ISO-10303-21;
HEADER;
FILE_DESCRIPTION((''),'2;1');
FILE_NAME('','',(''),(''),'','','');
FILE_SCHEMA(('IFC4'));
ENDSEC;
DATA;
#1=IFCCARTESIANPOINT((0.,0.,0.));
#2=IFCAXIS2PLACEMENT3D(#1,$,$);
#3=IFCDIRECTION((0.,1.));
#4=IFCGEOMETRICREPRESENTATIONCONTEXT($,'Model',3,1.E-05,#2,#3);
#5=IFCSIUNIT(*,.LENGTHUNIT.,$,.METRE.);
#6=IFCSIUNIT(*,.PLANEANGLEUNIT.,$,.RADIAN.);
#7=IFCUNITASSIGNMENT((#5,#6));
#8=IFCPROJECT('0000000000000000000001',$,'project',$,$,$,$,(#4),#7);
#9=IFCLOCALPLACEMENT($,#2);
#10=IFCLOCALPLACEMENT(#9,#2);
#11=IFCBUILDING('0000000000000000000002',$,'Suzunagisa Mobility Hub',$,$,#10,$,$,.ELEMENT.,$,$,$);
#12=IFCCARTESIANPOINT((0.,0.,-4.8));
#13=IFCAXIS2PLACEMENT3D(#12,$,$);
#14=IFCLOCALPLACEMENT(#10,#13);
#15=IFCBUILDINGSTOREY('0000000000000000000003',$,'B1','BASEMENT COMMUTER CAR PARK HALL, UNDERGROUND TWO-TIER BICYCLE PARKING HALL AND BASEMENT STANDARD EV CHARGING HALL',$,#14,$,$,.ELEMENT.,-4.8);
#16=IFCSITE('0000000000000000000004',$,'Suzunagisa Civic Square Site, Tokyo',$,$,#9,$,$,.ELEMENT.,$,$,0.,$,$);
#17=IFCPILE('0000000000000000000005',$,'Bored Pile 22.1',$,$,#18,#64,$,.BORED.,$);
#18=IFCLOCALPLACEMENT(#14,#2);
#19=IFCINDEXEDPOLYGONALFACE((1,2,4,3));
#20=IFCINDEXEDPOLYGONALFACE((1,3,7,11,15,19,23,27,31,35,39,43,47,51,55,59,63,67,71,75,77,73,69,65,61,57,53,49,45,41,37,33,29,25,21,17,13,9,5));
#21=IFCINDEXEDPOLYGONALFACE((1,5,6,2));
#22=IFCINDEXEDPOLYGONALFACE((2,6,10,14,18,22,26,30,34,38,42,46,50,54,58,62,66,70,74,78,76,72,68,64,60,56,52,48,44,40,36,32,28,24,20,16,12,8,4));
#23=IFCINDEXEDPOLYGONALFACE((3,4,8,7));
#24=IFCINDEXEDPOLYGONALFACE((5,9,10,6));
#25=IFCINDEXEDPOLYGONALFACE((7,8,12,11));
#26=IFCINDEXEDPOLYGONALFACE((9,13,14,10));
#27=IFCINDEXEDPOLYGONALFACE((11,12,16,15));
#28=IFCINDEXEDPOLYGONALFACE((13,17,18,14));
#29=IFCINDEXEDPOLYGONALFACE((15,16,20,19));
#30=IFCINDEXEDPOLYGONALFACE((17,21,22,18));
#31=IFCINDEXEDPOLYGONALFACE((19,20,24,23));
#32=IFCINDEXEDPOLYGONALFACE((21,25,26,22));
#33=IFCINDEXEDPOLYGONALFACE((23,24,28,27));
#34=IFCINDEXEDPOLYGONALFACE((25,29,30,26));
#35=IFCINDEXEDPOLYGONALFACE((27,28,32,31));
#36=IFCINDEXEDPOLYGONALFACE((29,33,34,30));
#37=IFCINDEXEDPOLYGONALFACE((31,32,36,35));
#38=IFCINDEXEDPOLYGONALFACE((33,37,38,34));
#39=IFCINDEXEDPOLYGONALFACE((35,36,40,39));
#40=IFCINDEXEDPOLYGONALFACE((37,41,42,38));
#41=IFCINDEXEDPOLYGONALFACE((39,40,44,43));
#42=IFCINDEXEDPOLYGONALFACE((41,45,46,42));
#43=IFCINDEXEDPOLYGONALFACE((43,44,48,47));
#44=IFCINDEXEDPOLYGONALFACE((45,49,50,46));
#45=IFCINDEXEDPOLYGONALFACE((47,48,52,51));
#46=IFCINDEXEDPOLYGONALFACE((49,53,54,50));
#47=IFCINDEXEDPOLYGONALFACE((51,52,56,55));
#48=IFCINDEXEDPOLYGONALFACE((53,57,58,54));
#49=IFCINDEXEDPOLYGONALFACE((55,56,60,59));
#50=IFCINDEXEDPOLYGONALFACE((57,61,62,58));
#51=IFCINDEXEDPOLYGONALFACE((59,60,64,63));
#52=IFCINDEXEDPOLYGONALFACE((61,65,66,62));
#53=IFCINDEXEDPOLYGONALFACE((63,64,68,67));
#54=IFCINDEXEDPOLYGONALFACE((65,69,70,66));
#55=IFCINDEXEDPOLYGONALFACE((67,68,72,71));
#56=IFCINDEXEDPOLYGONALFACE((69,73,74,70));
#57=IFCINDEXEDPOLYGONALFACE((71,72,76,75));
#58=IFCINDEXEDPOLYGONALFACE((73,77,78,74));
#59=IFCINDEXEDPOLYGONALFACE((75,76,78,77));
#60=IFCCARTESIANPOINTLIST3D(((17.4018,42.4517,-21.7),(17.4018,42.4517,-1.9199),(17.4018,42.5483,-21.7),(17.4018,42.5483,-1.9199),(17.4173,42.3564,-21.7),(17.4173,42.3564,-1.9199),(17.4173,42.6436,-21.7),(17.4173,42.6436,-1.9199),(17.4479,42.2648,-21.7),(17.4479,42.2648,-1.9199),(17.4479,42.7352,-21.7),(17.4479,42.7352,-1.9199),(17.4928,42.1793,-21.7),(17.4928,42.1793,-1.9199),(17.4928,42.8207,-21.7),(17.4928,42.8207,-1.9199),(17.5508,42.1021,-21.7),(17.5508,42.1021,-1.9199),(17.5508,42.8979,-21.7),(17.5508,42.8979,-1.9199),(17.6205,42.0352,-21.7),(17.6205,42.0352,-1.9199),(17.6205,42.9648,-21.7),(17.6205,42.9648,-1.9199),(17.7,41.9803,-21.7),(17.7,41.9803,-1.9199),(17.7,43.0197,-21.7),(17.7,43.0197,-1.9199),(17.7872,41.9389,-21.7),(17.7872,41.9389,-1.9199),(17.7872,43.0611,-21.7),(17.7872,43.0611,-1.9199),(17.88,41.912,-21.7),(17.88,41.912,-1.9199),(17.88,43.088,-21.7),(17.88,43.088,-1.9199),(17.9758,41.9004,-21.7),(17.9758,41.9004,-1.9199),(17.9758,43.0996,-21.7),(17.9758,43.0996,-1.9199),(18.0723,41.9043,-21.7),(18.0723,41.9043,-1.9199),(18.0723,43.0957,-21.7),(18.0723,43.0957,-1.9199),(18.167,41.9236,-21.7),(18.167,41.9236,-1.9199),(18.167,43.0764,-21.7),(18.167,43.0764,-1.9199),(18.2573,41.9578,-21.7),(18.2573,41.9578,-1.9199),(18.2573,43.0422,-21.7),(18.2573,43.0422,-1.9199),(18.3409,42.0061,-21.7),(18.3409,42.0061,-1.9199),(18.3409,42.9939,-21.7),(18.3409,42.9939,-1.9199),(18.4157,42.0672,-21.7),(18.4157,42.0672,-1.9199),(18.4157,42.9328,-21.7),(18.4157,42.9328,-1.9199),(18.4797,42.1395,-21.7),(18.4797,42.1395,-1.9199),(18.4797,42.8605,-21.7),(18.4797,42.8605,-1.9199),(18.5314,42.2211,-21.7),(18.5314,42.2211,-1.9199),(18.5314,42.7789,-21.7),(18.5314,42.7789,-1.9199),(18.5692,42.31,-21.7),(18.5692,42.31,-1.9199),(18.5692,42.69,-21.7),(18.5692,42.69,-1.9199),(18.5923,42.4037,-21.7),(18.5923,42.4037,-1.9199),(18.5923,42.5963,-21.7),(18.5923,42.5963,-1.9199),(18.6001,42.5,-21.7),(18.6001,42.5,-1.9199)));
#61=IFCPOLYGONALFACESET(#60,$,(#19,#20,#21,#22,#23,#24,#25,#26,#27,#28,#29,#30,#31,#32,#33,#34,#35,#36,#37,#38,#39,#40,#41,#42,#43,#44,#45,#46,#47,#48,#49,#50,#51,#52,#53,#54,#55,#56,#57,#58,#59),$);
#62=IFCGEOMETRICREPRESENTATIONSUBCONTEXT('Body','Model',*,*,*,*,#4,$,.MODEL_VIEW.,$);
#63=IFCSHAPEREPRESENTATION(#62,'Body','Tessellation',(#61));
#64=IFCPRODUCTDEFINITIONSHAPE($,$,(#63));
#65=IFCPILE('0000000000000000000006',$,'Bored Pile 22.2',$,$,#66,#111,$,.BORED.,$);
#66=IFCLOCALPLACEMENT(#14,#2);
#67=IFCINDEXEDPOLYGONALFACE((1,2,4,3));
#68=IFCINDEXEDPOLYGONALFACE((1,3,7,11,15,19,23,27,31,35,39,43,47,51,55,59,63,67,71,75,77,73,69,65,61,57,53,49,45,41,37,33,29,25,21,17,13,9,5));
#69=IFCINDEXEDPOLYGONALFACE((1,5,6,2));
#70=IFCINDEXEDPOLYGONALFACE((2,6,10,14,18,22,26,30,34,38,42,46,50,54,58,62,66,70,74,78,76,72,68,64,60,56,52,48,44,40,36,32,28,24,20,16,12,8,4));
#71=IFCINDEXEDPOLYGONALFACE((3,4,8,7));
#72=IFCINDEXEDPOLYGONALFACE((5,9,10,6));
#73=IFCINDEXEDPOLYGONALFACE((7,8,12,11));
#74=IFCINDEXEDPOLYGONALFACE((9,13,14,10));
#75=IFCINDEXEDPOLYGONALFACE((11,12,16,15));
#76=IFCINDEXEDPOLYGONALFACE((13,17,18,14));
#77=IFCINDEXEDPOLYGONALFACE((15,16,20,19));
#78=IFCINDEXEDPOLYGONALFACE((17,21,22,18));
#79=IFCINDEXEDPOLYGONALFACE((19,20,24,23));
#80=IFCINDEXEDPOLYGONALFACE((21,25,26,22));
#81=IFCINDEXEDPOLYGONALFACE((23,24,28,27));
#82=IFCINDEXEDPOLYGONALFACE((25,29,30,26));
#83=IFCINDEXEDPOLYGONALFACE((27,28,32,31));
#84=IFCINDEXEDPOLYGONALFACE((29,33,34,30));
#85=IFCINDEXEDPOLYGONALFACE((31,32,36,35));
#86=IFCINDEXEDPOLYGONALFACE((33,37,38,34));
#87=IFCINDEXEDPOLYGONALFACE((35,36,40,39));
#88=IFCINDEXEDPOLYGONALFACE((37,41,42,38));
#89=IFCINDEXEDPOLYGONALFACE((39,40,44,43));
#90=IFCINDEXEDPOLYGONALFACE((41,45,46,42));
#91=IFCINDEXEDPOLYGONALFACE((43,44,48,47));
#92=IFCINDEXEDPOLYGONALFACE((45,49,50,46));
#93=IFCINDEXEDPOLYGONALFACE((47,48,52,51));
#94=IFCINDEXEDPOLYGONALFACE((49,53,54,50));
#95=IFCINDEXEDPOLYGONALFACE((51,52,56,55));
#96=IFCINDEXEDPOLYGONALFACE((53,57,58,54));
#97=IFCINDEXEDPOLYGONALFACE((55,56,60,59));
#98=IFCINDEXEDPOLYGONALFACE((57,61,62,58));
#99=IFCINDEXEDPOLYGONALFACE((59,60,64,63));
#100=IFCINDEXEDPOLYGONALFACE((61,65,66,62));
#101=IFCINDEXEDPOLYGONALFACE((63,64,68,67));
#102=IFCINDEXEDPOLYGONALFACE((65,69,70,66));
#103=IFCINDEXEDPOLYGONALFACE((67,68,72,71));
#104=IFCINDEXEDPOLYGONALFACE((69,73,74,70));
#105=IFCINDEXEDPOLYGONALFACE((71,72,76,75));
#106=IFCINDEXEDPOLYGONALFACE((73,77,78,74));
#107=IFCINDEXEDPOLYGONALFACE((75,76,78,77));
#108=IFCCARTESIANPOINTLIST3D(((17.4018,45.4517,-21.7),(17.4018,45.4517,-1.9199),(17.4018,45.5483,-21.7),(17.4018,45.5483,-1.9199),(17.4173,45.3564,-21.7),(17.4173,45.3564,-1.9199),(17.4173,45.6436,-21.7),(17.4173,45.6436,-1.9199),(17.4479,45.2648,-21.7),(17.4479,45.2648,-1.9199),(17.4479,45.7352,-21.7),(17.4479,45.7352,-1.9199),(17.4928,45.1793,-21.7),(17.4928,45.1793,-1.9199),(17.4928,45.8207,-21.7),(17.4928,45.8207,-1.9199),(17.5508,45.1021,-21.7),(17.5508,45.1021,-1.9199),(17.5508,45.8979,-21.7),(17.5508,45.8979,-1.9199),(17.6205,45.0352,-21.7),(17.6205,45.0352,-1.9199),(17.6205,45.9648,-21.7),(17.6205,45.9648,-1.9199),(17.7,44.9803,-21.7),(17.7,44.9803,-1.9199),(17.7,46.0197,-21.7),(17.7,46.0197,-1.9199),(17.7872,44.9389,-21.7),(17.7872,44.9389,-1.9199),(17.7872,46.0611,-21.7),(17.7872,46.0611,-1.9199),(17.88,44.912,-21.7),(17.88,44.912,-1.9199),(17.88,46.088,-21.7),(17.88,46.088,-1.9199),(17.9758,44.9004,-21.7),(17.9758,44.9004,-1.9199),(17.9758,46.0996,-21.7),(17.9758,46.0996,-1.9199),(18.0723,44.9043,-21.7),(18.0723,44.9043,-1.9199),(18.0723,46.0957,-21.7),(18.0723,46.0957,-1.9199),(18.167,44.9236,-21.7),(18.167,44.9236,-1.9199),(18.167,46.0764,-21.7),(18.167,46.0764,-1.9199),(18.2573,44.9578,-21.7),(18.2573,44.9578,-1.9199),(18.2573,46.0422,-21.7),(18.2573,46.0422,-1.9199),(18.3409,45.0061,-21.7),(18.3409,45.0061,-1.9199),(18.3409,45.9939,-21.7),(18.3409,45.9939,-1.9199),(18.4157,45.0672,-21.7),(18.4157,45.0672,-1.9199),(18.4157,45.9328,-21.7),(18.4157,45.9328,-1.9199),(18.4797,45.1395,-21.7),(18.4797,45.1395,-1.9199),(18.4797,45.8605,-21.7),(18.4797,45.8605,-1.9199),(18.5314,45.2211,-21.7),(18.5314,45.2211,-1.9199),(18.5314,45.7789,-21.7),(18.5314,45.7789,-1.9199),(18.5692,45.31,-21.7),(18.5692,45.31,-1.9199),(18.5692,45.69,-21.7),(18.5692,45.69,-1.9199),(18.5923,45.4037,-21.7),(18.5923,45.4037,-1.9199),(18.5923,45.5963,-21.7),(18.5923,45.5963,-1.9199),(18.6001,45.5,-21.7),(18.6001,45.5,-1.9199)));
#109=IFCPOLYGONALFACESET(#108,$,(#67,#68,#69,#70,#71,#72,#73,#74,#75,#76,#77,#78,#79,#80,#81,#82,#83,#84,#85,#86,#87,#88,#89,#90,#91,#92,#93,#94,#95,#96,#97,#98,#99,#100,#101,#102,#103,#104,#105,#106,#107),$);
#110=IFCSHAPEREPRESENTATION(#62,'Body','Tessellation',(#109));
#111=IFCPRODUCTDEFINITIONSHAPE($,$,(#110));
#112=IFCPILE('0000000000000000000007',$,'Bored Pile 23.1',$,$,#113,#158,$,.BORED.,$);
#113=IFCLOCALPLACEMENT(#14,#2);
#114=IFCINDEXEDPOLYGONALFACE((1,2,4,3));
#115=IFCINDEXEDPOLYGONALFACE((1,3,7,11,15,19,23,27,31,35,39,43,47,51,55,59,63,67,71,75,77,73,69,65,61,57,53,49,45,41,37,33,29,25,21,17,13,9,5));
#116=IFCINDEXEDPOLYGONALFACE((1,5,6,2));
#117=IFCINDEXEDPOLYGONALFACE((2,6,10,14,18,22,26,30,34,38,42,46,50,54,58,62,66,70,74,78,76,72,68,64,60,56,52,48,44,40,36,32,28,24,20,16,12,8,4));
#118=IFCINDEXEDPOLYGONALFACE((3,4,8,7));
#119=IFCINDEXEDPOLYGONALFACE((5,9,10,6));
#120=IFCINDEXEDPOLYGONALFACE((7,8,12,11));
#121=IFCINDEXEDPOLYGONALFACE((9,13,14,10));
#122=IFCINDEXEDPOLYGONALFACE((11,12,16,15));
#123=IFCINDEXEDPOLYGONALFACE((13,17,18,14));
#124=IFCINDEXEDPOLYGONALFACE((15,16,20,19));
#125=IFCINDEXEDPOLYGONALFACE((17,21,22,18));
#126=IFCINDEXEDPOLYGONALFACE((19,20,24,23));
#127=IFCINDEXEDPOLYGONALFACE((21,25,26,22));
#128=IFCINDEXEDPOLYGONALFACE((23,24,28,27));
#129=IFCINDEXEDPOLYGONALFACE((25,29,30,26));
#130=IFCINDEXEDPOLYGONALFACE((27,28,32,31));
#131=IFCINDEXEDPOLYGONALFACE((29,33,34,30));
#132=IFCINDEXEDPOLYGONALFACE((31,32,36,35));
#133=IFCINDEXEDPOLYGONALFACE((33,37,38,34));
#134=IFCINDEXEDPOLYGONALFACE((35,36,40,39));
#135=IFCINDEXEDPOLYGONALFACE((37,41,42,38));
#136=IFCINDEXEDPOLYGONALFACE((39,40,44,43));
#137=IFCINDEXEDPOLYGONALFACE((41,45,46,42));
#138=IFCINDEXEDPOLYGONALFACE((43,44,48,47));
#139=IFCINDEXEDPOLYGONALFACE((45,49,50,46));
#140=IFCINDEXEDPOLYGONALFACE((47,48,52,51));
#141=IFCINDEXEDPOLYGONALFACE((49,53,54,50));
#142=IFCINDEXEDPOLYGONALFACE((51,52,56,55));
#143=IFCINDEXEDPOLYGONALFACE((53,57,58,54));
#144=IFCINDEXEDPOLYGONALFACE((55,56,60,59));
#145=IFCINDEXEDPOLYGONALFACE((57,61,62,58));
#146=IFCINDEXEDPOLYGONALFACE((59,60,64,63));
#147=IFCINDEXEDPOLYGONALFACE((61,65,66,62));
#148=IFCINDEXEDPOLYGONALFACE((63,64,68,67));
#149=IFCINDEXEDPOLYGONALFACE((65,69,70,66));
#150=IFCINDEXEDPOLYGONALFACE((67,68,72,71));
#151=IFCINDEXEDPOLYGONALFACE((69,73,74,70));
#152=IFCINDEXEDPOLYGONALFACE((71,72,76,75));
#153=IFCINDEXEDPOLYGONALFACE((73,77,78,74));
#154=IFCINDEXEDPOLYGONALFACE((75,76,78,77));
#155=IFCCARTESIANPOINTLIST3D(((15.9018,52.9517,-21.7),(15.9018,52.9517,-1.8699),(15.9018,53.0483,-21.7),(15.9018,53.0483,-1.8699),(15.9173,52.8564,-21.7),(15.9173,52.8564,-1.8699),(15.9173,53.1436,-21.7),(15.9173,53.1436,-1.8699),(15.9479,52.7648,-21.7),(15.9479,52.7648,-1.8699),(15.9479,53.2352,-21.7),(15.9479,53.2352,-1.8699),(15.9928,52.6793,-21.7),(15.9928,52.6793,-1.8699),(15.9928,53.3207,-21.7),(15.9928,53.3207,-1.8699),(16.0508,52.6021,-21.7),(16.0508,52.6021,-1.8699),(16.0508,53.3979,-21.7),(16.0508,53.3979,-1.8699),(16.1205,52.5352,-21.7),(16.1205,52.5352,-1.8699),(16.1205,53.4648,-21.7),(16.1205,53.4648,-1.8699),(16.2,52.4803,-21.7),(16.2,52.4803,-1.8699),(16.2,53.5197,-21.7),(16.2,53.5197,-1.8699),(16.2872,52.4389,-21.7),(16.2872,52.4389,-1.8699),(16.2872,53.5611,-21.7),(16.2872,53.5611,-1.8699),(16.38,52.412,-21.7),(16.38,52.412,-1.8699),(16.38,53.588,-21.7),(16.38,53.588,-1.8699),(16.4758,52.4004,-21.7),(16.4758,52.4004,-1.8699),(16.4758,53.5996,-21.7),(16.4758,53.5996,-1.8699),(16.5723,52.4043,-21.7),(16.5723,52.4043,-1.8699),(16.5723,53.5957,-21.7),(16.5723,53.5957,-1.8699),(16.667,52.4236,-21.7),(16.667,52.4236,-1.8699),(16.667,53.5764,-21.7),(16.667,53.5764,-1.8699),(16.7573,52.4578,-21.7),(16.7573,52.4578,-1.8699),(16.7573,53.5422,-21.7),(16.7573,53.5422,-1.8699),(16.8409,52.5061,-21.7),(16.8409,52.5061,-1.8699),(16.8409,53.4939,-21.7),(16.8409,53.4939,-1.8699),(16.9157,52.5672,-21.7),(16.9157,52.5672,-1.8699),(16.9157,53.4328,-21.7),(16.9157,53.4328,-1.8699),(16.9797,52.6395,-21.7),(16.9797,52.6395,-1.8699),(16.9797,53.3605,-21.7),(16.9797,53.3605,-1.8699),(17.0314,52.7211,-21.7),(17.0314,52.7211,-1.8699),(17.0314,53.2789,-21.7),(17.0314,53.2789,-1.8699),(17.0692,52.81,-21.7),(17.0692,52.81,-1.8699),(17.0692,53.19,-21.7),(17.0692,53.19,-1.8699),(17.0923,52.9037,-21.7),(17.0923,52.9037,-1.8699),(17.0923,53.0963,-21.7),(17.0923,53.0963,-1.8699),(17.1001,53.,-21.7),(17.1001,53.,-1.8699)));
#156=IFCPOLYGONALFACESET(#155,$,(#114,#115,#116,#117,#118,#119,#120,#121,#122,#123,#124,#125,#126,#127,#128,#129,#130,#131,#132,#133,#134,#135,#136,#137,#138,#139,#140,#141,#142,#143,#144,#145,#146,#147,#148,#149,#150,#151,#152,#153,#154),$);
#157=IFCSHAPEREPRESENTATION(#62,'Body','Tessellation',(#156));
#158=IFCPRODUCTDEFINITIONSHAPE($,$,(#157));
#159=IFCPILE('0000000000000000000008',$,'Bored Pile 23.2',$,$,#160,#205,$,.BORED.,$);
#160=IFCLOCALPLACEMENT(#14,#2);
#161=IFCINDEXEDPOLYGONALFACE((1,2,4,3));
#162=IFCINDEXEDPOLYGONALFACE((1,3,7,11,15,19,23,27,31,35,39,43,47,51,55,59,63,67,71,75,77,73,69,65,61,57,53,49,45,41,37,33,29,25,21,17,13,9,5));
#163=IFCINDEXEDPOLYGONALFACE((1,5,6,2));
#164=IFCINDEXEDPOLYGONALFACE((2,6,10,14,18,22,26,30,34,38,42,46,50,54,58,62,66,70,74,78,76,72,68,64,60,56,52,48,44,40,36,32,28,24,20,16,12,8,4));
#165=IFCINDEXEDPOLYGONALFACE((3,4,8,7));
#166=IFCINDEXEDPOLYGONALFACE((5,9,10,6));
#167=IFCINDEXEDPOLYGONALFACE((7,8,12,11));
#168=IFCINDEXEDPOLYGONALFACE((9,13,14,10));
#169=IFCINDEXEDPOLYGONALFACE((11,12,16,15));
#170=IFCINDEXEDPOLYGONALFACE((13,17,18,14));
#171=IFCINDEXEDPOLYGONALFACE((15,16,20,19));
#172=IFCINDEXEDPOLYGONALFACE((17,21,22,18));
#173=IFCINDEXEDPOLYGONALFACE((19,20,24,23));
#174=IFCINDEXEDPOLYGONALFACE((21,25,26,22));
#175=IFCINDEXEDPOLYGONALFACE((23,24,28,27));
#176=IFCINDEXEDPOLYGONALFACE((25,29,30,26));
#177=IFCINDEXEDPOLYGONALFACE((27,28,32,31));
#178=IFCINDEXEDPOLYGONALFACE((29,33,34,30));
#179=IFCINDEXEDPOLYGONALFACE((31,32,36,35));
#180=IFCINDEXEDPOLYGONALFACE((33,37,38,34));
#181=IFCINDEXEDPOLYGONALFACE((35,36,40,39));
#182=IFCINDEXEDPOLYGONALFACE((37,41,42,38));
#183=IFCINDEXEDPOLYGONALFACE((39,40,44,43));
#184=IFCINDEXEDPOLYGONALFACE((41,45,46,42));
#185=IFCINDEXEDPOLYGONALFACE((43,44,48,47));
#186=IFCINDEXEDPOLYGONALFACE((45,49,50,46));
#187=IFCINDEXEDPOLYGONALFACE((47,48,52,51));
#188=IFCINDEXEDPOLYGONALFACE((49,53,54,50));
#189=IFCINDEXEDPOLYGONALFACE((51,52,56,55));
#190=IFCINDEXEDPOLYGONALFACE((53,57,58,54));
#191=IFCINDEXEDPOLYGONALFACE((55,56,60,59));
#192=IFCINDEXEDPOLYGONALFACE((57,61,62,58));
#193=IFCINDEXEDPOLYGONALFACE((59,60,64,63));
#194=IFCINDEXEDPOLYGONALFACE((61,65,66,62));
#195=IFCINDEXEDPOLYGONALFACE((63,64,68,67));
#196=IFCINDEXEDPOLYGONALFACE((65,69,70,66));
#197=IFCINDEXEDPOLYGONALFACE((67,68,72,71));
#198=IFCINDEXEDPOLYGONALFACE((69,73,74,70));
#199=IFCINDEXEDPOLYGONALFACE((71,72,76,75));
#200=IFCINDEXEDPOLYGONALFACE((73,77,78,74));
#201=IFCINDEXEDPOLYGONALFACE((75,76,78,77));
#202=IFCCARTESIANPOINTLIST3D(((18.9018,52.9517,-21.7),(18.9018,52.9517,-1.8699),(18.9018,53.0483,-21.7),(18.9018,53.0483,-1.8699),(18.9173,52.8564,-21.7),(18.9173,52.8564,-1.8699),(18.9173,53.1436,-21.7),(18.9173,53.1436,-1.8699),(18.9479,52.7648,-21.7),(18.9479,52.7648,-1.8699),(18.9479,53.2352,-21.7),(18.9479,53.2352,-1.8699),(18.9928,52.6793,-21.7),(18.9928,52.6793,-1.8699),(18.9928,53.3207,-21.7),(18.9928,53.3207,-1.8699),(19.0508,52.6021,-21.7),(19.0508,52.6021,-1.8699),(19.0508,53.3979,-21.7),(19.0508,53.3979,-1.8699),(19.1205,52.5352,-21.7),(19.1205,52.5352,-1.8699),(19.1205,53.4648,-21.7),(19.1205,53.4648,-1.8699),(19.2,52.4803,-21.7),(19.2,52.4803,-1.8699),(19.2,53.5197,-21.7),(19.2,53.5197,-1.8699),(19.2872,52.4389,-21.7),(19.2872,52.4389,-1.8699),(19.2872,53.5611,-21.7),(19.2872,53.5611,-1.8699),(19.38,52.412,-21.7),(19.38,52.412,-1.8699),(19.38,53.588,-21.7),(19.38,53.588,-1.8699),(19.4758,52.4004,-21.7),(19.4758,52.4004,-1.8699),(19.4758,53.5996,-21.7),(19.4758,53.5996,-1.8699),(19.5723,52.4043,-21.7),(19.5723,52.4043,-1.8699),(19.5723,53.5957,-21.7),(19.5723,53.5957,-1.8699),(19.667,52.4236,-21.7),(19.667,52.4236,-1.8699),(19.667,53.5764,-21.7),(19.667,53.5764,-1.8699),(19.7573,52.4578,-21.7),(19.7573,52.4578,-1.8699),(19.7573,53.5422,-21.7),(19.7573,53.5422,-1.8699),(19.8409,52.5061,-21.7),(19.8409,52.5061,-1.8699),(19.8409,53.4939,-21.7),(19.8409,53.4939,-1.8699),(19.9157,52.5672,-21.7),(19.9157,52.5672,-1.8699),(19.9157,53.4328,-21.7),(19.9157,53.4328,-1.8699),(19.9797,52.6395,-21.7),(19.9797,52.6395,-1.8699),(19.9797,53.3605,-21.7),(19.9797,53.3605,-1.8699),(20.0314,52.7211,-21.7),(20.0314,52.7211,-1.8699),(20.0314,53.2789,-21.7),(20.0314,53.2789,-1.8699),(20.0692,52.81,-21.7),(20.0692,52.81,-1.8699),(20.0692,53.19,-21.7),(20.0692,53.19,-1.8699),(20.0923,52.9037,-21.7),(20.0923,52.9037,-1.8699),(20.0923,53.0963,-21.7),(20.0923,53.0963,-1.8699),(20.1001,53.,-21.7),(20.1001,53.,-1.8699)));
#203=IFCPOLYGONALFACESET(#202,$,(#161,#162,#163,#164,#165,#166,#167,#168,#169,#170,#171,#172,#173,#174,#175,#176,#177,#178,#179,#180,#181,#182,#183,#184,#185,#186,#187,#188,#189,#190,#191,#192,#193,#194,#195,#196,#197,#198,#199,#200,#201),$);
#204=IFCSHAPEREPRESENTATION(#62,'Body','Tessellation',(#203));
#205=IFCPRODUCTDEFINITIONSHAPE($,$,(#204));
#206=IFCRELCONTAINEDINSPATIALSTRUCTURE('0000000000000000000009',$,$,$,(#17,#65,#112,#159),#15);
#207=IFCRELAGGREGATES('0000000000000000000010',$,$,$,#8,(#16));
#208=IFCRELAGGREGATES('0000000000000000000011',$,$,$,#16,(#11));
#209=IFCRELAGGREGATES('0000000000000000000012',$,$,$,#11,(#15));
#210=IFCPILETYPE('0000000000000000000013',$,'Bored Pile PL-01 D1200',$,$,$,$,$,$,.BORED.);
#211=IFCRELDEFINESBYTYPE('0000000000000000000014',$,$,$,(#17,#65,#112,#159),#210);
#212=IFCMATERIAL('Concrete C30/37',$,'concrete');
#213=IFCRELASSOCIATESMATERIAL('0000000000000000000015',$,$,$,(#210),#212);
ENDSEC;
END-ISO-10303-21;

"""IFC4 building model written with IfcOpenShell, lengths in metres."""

from ifc_helpers import new_model, si_unit, direction, frame, origin, origin_2d, place, context, subcontext, project, spatial, circle, extrude, material, material_profile, profile_set, type_object, element, save


model = new_model("IFC4")

# Units and contexts
model_context = context("Model", 3, precision=1e-05, world=origin(), true_north=direction((0.0, 1.0)))
body_context = subcontext(model_context, "Body", "Model", "MODEL_VIEW")
ifc_project = project(units=[si_unit("LENGTHUNIT", "METRE"), si_unit("PLANEANGLEUNIT", "RADIAN")], contexts=[model_context])

# Site, building, storey
site_placement = place(None, origin())
site = spatial("IfcSite", under=ifc_project, at=site_placement, Name="Suzunagisa Civic Square Site, Tokyo", CompositionType="ELEMENT", RefElevation=0.0)
building_placement = place(site_placement, origin())
building = spatial("IfcBuilding", under=site, at=building_placement, Name="Suzunagisa Mobility Hub", CompositionType="ELEMENT")
storey_placement = place(building_placement, frame((0.0, 0.0, -4.8)))
storey = spatial("IfcBuildingStorey", under=building, at=storey_placement, Name="B1", Description="BASEMENT COMMUTER CAR PARK HALL, UNDERGROUND TWO-TIER BICYCLE PARKING HALL AND BASEMENT STANDARD EV CHARGING HALL", CompositionType="ELEMENT", Elevation=-4.8)

# Piles
ifc_material_1 = material(Name="Concrete C30/37", Category="concrete")
ifc_material_profile_1 = material_profile(ifc_material_1, circle(Radius=0.6001, at=origin_2d()), Name="BORED PILE D1200")
ifc_profile_set_1 = profile_set([ifc_material_profile_1], Name="Concrete C30/37")
pile_type = type_object("IfcPileType", Name="Bored Pile PL-01 D1200", PredefinedType="BORED", material=ifc_profile_set_1)
for number, where, z_axis, x_axis, name in (
    (1, (18.0, 42.5, -1.9199), (0.0, 0.0, -1.0), (1.0, 0.0, 0.0), "Bored Pile 22.1"),
    (2, (18.0, 45.5, -1.9199), (0.0, 0.0, -1.0), (1.0, 0.0, 0.0), "Bored Pile 22.2"),
):
    element("IfcPile", number, at=place(storey_placement, frame(where, z_axis=z_axis, x_axis=x_axis)), inside=storey, type_object=pile_type, Name=name, PredefinedType="BORED", context=body_context, shape_type="SweptSolid", body=[
        extrude(circle(Radius=0.6001, at=origin_2d()), origin(), (0.0, 0.0, 1.0), 19.78),
    ])
for number, where, z_axis, x_axis, name in (
    (3, (16.5, 53.0, -1.8699), (0.0, 0.0, -1.0), (1.0, 0.0, 0.0), "Bored Pile 23.1"),
    (4, (19.5, 53.0, -1.8699), (0.0, 0.0, -1.0), (1.0, 0.0, 0.0), "Bored Pile 23.2"),
):
    element("IfcPile", number, at=place(storey_placement, frame(where, z_axis=z_axis, x_axis=x_axis)), inside=storey, type_object=pile_type, Name=name, PredefinedType="BORED", context=body_context, shape_type="SweptSolid", body=[
        extrude(circle(Radius=0.6001, at=origin_2d()), origin(), (0.0, 0.0, 1.0), 19.8301),
    ])

save(model, "model.ifc")
